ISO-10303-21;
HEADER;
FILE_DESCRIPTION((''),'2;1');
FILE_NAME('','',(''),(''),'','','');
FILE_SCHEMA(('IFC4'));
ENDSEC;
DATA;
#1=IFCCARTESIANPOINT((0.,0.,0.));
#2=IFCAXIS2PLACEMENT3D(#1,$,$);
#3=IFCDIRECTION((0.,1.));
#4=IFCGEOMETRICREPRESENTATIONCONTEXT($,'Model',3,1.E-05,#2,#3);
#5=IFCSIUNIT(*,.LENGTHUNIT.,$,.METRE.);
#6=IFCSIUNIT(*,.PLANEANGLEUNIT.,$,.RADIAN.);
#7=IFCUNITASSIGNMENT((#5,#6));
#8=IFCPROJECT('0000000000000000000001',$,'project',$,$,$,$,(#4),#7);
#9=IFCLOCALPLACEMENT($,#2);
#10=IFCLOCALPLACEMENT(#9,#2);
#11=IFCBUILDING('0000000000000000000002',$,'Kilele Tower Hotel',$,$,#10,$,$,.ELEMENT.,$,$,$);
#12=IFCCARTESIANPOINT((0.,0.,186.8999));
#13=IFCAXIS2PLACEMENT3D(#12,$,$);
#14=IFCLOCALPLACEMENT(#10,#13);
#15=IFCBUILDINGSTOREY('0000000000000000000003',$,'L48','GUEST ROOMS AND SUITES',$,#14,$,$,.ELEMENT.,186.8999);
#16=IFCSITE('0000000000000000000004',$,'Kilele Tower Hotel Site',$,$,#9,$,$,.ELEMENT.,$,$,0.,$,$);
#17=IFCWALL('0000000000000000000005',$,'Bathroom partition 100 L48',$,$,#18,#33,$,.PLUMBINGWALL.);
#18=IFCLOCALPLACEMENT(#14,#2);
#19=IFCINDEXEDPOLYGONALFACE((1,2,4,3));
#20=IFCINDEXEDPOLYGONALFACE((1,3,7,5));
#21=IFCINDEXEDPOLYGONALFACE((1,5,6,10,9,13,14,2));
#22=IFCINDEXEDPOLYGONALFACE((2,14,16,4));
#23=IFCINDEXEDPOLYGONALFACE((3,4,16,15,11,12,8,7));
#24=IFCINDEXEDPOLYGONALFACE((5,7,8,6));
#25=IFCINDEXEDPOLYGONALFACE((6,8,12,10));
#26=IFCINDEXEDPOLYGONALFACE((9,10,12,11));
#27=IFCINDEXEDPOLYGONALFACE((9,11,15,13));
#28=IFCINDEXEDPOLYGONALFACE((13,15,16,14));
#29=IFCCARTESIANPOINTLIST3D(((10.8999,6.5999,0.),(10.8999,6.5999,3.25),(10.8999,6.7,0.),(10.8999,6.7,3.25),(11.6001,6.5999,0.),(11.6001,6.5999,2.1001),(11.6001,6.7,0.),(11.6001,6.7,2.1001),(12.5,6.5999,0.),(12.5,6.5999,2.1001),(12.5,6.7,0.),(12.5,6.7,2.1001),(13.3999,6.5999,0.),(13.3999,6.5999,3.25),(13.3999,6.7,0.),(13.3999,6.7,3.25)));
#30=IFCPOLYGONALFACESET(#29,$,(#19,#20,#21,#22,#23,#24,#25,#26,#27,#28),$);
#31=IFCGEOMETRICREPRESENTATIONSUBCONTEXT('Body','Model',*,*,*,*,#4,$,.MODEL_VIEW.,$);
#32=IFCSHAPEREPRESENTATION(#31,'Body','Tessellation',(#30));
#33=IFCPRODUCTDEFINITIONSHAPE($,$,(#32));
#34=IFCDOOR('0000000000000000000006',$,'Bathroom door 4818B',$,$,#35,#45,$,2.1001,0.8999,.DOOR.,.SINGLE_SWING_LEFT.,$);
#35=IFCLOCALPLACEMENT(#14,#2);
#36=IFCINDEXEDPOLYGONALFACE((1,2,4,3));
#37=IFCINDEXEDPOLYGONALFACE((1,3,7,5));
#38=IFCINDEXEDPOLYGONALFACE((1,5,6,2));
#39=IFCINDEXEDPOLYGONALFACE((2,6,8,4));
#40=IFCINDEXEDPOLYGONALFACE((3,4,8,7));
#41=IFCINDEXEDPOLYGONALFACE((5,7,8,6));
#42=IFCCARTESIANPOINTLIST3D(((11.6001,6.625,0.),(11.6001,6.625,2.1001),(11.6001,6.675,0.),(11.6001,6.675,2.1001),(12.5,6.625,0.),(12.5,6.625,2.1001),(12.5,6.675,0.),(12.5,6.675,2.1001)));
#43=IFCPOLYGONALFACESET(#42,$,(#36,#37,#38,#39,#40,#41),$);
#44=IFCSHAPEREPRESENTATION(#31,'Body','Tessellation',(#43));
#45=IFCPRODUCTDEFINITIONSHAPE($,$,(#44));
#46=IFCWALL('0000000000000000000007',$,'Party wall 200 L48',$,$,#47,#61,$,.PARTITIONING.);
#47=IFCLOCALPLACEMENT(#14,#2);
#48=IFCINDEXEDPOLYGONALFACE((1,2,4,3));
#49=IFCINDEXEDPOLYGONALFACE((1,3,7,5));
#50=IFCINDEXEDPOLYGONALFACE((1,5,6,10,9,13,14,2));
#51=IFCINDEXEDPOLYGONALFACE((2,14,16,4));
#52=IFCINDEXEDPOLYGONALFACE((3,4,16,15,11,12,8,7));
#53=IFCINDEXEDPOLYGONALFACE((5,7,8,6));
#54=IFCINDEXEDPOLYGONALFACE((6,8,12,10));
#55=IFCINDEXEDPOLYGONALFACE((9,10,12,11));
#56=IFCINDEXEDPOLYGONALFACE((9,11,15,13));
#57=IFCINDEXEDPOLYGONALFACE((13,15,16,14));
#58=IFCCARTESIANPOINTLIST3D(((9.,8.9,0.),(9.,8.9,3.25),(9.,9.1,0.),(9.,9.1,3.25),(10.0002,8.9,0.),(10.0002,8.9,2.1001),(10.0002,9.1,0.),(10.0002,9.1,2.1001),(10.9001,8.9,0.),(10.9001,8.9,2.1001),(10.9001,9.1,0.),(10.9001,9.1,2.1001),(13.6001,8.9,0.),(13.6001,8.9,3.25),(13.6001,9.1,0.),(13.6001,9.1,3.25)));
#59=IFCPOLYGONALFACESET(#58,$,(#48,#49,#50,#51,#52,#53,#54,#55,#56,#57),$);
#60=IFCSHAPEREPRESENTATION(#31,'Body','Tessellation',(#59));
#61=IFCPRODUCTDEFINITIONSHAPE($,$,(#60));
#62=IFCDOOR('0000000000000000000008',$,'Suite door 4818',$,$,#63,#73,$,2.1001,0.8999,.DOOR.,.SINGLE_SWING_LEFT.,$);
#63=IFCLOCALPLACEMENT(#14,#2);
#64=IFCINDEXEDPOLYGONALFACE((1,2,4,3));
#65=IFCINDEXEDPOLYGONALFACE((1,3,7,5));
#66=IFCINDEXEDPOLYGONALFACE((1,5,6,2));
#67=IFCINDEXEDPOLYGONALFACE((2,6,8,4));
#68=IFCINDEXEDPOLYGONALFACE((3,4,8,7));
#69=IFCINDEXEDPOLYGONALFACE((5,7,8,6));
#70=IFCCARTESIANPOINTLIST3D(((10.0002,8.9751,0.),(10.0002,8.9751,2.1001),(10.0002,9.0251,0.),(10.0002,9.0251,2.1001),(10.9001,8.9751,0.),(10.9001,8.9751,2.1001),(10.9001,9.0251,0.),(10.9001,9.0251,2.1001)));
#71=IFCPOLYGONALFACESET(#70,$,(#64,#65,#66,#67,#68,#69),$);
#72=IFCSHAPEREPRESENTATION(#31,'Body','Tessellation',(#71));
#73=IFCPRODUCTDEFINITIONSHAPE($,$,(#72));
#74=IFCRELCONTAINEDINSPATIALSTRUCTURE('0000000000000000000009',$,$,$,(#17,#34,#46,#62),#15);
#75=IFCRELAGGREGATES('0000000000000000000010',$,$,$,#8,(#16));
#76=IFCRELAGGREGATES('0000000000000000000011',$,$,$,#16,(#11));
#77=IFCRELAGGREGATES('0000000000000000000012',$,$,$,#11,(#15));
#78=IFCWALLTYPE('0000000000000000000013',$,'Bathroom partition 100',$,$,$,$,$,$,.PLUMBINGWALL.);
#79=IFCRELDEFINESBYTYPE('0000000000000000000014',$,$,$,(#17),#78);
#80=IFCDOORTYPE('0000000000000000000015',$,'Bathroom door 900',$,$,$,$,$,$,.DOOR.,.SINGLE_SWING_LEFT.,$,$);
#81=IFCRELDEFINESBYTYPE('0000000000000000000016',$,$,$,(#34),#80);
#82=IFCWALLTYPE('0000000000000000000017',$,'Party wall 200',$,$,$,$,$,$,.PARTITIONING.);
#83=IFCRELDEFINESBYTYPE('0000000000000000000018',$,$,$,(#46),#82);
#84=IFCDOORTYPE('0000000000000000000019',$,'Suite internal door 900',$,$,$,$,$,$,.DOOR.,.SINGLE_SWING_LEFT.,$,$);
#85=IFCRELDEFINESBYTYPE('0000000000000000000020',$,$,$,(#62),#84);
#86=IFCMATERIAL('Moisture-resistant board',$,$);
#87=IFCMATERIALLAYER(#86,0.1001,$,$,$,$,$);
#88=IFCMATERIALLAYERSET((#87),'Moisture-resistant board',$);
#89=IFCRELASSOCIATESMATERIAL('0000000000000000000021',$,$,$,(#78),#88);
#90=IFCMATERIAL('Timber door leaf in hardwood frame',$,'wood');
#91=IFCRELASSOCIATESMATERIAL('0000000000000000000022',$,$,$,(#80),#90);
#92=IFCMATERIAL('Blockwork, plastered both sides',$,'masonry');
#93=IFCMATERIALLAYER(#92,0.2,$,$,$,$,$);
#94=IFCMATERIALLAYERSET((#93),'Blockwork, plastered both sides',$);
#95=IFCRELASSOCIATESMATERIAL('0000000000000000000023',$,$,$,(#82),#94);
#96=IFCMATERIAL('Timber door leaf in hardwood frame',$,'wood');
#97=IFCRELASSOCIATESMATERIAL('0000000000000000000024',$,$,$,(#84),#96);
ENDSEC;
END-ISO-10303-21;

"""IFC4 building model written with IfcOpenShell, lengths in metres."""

from ifc_helpers import new_model, si_unit, direction, frame, frame_2d, origin, place, context, subcontext, project, spatial, rectangle, extrude, material, layer, layer_set, type_object, element, fill, save


model = new_model("IFC4")

# Units and contexts
model_context = context("Model", 3, precision=1e-05, world=origin(), true_north=direction((0.0, 1.0)))
body_context = subcontext(model_context, "Body", "Model", "MODEL_VIEW")
ifc_project = project(units=[si_unit("LENGTHUNIT", "METRE"), si_unit("PLANEANGLEUNIT", "RADIAN")], contexts=[model_context])

# Site, building, storey
site_placement = place(None, origin())
site = spatial("IfcSite", under=ifc_project, at=site_placement, Name="Kilele Tower Hotel Site", CompositionType="ELEMENT", RefElevation=0.0)
building_placement = place(site_placement, origin())
building = spatial("IfcBuilding", under=site, at=building_placement, Name="Kilele Tower Hotel", CompositionType="ELEMENT")
storey_placement = place(building_placement, frame((0.0, 0.0, 186.8999)))
storey = spatial("IfcBuildingStorey", under=building, at=storey_placement, Name="L48", Description="GUEST ROOMS AND SUITES", CompositionType="ELEMENT", Elevation=186.8999)

# Shared definitions
ifc_material_1 = material(Name="Moisture-resistant board")
ifc_layer_1 = layer(ifc_material_1, 0.1001)
ifc_layer_set_1 = layer_set([ifc_layer_1], Name="Moisture-resistant board")
wall_type_1 = type_object("IfcWallType", Name="Bathroom partition 100", PredefinedType="PLUMBINGWALL", material=ifc_layer_set_1)

# Shared definitions
ifc_material_2 = material(Name="Timber door leaf in hardwood frame", Category="wood")
door_type_1 = type_object("IfcDoorType", Name="Bathroom door 900", OperationType="SINGLE_SWING_LEFT", PredefinedType="DOOR", material=ifc_material_2)

# Walls, openings, doors
wall_1_placement = place(storey_placement, frame((13.3999, 6.6499, 0.0), z_axis=(0.0, 0.0, 1.0), x_axis=(-1.0, 0.0, 0.0)))
wall_1 = element("IfcWall", 1, at=wall_1_placement, inside=storey, type_object=wall_type_1, Name="Bathroom partition 100 L48", PredefinedType="PLUMBINGWALL", context=body_context, shape_type="SweptSolid", body=[
    extrude(rectangle(XDim=2.5, YDim=0.1001, at=frame_2d((1.25, 0.0))), origin(), (0.0, 0.0, 1.0), 3.25),
])
opening_1_placement = place(wall_1_placement, frame((0.8999, 0.0, 0.0)))
opening_1 = element("IfcOpeningElement", 2, at=opening_1_placement, cuts=wall_1, PredefinedType="OPENING", context=body_context, shape_type="SweptSolid", body=[
    extrude(rectangle(XDim=0.8999, YDim=2.1001, at=frame_2d((0.45, 1.05))), frame((0.0, 0.0601, 0.0), z_axis=(0.0, -1.0, 0.0), x_axis=(1.0, 0.0, 0.0)), (0.0, 0.0, 1.0), 0.1201),
])
door_1_placement = place(opening_1_placement, origin())
door_1 = element("IfcDoor", 3, at=door_1_placement, inside=storey, type_object=door_type_1, Name="Bathroom door 4818B", OperationType="SINGLE_SWING_LEFT", OverallHeight=2.1001, OverallWidth=0.8999, PredefinedType="DOOR", context=body_context, shape_type="SweptSolid", body=[
    extrude(rectangle(XDim=0.8999, YDim=2.1001, at=frame_2d((0.45, 1.05))), frame((0.0, 0.0249, 0.0), z_axis=(0.0, -1.0, 0.0), x_axis=(1.0, 0.0, 0.0)), (0.0, 0.0, 1.0), 0.05),
])
fill(opening_1, door_1)
ifc_material_3 = material(Name="Blockwork, plastered both sides", Category="masonry")
ifc_layer_2 = layer(ifc_material_3, 0.2)
ifc_layer_set_2 = layer_set([ifc_layer_2], Name="Blockwork, plastered both sides")
wall_type_2 = type_object("IfcWallType", Name="Party wall 200", PredefinedType="PARTITIONING", material=ifc_layer_set_2)
wall_2_placement = place(storey_placement, frame((13.6001, 9.0, 0.0), z_axis=(0.0, 0.0, 1.0), x_axis=(-1.0, 0.0, 0.0)))
wall_2 = element("IfcWall", 4, at=wall_2_placement, inside=storey, type_object=wall_type_2, Name="Party wall 200 L48", PredefinedType="PARTITIONING", context=body_context, shape_type="SweptSolid", body=[
    extrude(rectangle(XDim=4.6001, YDim=0.2, at=frame_2d((2.3, 0.0))), origin(), (0.0, 0.0, 1.0), 3.25),
])
opening_2_placement = place(wall_2_placement, frame((2.7, 0.0, 0.0)))
opening_2 = element("IfcOpeningElement", 5, at=opening_2_placement, cuts=wall_2, PredefinedType="OPENING", context=body_context, shape_type="SweptSolid", body=[
    extrude(rectangle(XDim=0.8999, YDim=2.1001, at=frame_2d((0.45, 1.05))), frame((0.0, 0.1099, 0.0), z_axis=(0.0, -1.0, 0.0), x_axis=(1.0, 0.0, 0.0)), (0.0, 0.0, 1.0), 0.22),
])
ifc_material_4 = material(Name="Timber door leaf in hardwood frame", Category="wood")
door_type_2 = type_object("IfcDoorType", Name="Suite internal door 900", OperationType="SINGLE_SWING_LEFT", PredefinedType="DOOR", material=ifc_material_4)
door_2_placement = place(opening_2_placement, origin())
door_2 = element("IfcDoor", 6, at=door_2_placement, inside=storey, type_object=door_type_2, Name="Suite door 4818", OperationType="SINGLE_SWING_LEFT", OverallHeight=2.1001, OverallWidth=0.8999, PredefinedType="DOOR", context=body_context, shape_type="SweptSolid", body=[
    extrude(rectangle(XDim=0.8999, YDim=2.1001, at=frame_2d((0.45, 1.05))), frame((0.0, 0.0249, 0.0), z_axis=(0.0, -1.0, 0.0), x_axis=(1.0, 0.0, 0.0)), (0.0, 0.0, 1.0), 0.05),
])
fill(opening_2, door_2)

save(model, "model.ifc")
